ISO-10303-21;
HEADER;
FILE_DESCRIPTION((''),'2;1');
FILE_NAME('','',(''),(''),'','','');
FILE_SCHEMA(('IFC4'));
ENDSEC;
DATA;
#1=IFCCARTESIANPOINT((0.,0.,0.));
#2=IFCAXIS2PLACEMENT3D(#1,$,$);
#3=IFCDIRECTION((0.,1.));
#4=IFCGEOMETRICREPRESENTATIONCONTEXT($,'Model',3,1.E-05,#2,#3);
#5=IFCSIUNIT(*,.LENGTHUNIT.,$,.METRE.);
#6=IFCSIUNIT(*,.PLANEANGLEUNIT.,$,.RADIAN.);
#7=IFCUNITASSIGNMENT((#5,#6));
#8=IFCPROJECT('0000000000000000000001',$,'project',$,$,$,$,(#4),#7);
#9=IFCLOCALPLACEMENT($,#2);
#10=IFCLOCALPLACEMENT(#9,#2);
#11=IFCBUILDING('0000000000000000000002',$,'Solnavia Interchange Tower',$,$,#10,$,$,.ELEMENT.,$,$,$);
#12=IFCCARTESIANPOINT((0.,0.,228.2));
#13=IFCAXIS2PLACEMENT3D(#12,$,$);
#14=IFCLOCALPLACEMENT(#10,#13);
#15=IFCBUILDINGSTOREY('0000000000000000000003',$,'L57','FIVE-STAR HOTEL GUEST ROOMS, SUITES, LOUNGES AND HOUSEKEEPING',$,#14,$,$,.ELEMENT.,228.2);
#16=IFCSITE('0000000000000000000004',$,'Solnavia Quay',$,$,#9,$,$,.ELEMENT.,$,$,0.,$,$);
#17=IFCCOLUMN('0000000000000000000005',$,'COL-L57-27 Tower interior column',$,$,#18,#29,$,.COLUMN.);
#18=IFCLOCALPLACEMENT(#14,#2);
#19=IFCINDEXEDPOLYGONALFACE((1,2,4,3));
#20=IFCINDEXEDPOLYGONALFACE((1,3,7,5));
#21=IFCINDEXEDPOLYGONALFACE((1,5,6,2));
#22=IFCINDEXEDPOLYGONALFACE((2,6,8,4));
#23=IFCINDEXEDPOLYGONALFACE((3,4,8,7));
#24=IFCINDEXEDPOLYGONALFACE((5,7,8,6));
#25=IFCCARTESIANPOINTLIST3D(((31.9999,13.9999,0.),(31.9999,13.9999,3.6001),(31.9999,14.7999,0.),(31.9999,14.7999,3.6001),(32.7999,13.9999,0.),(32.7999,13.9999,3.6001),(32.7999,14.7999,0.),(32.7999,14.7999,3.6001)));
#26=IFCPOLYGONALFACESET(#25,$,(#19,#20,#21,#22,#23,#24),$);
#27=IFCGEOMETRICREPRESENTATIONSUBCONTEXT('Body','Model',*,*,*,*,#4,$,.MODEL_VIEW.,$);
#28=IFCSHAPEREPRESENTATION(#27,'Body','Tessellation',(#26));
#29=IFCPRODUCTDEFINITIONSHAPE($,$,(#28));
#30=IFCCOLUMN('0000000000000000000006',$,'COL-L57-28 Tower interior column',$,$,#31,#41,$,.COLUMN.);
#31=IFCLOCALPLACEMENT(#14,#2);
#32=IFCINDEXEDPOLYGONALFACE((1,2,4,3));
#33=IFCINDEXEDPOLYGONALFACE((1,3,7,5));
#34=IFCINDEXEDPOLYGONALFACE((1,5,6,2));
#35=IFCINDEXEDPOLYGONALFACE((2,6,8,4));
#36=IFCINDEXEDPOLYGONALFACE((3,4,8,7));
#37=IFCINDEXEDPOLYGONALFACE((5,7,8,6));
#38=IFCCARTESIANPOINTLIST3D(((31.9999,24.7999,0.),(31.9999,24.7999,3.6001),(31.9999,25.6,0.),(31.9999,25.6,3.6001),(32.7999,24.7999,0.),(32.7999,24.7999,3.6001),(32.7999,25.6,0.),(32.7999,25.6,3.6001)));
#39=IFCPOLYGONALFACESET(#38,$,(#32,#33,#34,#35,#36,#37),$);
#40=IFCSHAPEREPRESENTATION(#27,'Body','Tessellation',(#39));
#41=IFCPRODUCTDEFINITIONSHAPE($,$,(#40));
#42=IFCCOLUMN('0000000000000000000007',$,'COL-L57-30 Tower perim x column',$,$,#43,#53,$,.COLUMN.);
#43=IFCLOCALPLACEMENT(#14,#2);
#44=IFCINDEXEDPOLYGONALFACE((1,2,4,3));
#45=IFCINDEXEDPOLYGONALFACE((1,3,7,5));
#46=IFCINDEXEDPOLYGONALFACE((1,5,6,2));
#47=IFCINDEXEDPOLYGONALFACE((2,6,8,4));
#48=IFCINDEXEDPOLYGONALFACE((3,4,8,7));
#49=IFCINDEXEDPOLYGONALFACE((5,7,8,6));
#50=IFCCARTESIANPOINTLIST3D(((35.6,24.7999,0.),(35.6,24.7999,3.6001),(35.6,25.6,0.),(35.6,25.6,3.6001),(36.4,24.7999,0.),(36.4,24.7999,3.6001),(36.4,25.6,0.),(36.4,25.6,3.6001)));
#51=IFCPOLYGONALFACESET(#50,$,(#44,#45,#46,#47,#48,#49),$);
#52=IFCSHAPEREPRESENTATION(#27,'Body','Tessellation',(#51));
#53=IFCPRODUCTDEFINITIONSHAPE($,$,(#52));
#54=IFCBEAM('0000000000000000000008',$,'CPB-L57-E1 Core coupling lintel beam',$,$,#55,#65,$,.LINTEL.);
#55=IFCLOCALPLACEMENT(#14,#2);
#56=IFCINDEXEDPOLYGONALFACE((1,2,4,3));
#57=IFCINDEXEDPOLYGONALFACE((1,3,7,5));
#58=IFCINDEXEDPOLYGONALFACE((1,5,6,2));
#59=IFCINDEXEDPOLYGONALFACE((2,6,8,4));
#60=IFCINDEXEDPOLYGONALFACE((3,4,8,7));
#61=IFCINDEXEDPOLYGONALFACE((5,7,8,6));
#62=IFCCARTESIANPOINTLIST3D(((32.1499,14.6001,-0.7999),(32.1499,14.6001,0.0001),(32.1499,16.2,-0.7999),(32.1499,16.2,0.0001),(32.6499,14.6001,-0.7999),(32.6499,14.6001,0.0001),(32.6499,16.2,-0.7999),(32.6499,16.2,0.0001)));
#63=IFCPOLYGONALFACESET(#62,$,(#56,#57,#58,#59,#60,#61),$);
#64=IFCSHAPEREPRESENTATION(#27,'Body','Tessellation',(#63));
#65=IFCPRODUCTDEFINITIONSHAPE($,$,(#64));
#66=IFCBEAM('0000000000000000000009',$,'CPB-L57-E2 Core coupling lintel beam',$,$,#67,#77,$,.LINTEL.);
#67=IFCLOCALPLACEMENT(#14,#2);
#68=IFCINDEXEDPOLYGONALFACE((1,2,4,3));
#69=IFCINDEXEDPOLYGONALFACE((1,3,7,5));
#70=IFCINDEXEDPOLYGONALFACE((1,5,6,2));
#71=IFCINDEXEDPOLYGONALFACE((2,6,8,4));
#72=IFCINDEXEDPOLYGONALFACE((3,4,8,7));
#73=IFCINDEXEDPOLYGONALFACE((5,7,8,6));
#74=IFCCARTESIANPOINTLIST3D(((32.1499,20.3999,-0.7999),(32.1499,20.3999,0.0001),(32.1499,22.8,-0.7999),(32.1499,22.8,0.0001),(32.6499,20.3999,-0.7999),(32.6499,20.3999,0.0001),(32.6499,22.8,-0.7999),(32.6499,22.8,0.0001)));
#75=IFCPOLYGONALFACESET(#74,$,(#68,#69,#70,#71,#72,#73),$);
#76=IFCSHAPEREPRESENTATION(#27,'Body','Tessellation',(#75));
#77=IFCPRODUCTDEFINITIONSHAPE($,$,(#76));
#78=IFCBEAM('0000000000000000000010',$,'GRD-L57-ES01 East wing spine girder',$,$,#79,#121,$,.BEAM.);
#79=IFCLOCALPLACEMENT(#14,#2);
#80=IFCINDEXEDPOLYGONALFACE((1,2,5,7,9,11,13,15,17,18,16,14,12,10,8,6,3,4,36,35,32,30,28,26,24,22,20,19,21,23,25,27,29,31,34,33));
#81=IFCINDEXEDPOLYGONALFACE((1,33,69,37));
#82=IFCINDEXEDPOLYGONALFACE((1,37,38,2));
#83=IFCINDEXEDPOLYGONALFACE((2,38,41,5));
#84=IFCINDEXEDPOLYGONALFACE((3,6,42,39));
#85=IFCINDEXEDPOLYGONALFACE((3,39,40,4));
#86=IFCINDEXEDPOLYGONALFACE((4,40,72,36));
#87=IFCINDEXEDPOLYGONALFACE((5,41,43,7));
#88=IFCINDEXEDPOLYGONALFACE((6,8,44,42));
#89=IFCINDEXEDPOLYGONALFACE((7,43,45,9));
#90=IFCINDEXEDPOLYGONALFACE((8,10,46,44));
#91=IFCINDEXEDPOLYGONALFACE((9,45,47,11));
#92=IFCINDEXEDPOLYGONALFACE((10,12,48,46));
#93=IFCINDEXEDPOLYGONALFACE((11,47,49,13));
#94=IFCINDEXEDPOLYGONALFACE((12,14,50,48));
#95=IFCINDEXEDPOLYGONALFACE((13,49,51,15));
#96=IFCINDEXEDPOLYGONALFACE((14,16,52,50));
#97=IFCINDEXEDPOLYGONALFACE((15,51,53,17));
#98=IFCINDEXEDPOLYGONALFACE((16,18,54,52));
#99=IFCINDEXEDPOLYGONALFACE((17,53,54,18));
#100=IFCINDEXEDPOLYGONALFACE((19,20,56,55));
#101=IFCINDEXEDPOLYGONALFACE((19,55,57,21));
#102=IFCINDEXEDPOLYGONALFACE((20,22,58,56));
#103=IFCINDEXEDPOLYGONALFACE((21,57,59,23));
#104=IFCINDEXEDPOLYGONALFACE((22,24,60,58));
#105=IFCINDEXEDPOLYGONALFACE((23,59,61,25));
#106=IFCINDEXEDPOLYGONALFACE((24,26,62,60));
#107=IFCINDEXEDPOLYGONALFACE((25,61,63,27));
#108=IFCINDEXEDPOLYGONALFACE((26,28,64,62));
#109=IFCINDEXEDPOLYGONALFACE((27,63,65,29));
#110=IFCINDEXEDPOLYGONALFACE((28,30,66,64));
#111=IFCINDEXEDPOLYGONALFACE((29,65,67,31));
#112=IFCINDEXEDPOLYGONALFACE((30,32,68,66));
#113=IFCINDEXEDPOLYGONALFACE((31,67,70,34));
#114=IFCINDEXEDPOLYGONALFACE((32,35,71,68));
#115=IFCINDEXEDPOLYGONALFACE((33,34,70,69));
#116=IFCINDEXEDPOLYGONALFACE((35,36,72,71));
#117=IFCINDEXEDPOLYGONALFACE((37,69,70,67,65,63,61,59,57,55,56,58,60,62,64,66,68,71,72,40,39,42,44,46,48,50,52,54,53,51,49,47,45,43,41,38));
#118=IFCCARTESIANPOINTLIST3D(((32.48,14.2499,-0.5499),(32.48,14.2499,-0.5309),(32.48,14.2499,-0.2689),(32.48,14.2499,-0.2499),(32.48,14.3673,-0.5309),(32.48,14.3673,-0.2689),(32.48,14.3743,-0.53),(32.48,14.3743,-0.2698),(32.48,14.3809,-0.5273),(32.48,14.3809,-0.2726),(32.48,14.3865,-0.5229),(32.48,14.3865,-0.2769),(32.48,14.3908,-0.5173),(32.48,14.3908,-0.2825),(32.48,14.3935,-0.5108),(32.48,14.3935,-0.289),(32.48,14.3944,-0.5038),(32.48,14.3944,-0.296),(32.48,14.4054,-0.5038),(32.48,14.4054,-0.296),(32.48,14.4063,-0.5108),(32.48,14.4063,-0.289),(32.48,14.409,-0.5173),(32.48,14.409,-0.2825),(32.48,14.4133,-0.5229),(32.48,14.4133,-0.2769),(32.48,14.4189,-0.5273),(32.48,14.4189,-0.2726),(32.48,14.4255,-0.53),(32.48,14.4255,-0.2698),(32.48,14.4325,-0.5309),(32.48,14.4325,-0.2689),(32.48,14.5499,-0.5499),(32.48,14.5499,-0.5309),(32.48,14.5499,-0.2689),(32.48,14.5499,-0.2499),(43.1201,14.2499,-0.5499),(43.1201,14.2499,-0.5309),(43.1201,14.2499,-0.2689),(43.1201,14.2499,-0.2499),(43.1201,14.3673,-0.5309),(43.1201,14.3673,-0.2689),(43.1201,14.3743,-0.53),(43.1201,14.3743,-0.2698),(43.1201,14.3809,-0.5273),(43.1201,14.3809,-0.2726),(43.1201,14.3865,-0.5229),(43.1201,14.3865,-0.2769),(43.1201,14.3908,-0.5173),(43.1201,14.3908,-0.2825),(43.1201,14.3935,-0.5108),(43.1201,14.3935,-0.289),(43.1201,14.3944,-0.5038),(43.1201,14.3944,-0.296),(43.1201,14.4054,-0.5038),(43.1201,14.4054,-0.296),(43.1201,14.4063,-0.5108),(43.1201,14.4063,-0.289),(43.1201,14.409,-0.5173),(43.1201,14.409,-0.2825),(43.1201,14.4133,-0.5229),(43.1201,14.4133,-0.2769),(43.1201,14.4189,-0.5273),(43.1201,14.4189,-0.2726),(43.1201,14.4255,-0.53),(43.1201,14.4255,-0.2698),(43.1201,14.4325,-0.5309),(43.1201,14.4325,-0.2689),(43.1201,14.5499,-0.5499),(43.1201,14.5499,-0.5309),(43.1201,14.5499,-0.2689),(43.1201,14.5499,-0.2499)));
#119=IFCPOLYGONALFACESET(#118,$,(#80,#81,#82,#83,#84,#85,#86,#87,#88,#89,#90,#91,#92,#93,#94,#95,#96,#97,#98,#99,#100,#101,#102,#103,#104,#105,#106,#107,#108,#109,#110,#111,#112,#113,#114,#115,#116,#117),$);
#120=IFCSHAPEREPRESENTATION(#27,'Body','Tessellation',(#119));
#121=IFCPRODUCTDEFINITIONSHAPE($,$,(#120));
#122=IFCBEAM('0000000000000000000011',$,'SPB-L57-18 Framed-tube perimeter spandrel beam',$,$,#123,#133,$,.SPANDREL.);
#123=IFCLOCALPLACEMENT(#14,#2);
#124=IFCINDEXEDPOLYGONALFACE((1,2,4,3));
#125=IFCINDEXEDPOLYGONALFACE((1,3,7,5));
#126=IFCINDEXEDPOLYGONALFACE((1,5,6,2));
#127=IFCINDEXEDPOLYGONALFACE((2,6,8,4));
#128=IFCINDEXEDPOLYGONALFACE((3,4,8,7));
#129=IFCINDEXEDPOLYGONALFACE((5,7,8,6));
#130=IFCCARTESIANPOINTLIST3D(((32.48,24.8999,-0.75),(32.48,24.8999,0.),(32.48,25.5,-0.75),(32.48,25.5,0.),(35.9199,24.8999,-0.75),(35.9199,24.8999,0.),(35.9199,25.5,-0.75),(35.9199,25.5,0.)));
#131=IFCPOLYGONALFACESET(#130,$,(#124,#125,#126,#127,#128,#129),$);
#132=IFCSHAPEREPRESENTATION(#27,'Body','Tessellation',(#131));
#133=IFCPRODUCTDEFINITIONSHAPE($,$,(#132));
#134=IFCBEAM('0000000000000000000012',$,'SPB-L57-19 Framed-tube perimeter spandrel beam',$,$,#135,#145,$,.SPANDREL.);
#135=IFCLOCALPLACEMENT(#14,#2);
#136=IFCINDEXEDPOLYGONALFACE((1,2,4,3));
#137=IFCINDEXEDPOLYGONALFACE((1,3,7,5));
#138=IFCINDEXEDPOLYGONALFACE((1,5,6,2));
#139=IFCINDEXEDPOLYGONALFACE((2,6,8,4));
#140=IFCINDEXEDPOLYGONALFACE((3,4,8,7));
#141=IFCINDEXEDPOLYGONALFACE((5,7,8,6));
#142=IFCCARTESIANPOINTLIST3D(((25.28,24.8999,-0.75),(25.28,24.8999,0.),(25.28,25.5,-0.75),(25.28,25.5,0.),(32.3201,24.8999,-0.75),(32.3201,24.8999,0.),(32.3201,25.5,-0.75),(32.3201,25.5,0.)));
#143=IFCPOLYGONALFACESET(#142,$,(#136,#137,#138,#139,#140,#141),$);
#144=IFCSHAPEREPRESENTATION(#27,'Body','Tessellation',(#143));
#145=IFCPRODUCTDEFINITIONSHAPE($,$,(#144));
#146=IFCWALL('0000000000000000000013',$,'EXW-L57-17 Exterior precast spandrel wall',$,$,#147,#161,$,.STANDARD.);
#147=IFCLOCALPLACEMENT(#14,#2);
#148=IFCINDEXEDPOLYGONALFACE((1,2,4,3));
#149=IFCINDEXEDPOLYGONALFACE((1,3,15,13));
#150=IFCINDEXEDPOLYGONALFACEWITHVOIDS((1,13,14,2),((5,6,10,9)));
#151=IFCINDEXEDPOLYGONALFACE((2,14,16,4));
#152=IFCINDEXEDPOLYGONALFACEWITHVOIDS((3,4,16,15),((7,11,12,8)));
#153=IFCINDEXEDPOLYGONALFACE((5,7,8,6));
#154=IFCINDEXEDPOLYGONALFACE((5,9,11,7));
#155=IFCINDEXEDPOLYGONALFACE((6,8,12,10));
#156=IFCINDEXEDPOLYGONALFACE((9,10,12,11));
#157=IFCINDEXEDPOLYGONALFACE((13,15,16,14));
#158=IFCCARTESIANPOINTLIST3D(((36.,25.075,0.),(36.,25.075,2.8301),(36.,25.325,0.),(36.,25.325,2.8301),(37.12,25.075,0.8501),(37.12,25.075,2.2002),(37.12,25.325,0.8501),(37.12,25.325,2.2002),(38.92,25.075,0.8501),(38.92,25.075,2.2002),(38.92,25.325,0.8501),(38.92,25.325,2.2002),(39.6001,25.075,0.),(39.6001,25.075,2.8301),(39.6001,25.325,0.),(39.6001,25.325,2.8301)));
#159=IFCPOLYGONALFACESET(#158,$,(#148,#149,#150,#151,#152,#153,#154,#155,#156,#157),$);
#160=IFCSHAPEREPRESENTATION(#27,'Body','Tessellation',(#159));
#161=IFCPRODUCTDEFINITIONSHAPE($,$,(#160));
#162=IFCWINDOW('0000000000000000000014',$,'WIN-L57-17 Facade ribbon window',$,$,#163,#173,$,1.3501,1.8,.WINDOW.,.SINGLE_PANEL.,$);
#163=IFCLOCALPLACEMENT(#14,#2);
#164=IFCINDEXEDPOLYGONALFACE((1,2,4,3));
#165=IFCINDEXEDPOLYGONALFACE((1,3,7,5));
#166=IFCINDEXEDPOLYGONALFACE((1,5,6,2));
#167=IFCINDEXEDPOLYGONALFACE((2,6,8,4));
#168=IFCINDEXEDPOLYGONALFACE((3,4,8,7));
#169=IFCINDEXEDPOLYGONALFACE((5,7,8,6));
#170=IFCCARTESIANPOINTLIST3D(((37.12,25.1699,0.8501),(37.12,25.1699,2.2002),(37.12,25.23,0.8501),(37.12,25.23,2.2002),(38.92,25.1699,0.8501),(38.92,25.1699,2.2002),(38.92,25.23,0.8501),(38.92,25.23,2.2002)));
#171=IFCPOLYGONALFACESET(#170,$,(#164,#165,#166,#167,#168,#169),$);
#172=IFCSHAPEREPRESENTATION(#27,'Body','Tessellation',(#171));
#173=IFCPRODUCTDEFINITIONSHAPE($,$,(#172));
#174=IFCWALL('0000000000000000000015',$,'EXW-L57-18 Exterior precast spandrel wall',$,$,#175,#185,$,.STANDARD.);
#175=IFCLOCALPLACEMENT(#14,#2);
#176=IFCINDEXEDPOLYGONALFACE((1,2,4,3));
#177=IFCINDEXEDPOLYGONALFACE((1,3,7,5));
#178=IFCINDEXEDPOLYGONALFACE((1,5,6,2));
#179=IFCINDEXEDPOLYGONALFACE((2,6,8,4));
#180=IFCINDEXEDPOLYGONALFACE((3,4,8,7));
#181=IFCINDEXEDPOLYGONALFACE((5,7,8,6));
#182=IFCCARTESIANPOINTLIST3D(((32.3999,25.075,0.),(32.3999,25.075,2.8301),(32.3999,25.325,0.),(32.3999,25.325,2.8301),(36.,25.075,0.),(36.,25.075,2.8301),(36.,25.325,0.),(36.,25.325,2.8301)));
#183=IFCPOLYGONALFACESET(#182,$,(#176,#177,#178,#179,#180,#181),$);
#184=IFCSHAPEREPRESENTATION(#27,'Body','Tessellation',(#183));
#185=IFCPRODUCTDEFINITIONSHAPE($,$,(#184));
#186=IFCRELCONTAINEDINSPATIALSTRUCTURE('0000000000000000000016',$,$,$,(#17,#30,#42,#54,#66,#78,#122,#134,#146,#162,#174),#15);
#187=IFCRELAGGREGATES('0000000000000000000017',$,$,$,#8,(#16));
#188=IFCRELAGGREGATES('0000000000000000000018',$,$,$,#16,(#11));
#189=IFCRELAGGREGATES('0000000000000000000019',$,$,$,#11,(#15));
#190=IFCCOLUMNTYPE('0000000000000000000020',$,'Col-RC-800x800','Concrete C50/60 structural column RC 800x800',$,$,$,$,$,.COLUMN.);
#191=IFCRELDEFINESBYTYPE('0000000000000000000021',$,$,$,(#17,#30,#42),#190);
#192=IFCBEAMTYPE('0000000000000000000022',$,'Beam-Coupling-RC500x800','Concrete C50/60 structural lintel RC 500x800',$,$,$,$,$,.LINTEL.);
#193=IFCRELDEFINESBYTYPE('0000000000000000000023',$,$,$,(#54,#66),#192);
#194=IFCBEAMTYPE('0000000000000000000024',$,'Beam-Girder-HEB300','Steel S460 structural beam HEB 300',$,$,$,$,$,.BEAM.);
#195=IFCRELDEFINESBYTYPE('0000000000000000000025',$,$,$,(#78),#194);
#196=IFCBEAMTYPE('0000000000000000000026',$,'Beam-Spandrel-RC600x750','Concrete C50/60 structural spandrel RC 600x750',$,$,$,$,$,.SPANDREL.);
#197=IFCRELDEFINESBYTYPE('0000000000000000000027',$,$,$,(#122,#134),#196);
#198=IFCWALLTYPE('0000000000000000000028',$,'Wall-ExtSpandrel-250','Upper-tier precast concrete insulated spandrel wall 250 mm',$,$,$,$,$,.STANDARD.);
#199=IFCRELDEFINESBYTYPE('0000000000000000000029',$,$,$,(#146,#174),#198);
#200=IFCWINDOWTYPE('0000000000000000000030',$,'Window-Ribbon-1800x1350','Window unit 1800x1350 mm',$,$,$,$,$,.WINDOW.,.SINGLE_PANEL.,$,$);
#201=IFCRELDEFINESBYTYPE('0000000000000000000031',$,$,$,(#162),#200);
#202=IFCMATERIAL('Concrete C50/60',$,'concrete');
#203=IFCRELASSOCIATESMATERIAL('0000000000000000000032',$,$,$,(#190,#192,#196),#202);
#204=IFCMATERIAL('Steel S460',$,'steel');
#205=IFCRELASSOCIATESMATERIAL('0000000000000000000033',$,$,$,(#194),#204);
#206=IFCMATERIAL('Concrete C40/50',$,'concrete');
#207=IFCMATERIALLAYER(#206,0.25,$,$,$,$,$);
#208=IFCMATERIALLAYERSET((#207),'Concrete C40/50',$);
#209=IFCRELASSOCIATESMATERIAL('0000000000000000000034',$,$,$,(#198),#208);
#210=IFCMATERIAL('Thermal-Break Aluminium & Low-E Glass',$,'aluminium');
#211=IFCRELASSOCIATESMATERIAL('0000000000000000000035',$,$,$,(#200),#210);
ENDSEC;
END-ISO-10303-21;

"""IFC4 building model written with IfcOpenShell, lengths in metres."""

from ifc_helpers import new_model, si_unit, direction, frame, frame_2d, origin, origin_2d, place, context, subcontext, project, spatial, rectangle, i_section, extrude, material, layer, layer_set, material_profile, profile_set, type_object, element, fill, save


model = new_model("IFC4")

# Units and contexts
model_context = context("Model", 3, precision=1e-05, world=origin(), true_north=direction((0.0, 1.0)))
body_context = subcontext(model_context, "Body", "Model", "MODEL_VIEW")
ifc_project = project(units=[si_unit("LENGTHUNIT", "METRE"), si_unit("PLANEANGLEUNIT", "RADIAN")], contexts=[model_context])

# Site, building, storey
site_placement = place(None, origin())
site = spatial("IfcSite", under=ifc_project, at=site_placement, Name="Solnavia Quay", CompositionType="ELEMENT", RefElevation=0.0)
building_placement = place(site_placement, origin())
building = spatial("IfcBuilding", under=site, at=building_placement, Name="Solnavia Interchange Tower", CompositionType="ELEMENT")
storey_placement = place(building_placement, frame((0.0, 0.0, 228.2)))
storey = spatial("IfcBuildingStorey", under=building, at=storey_placement, Name="L57", Description="FIVE-STAR HOTEL GUEST ROOMS, SUITES, LOUNGES AND HOUSEKEEPING", CompositionType="ELEMENT", Elevation=228.2)

# Columns
ifc_material_1 = material(Name="Concrete C50/60", Category="concrete")
ifc_material_profile_1 = material_profile(ifc_material_1, rectangle(XDim=0.8, YDim=0.8, at=origin_2d()), Name="RC 800x800")
ifc_profile_set_1 = profile_set([ifc_material_profile_1], Name="Concrete C50/60")
column_type = type_object("IfcColumnType", Name="Col-RC-800x800", Description="Concrete C50/60 structural column RC 800x800", PredefinedType="COLUMN", material=ifc_profile_set_1)
for number, where, z_axis, x_axis, name in (
    (1, (32.3999, 14.3999, 0.0), (0.0, 0.0, 1.0), (1.0, 0.0, 0.0), "COL-L57-27 Tower interior column"),
    (2, (32.3999, 25.2, 0.0), (0.0, 0.0, 1.0), (1.0, 0.0, 0.0), "COL-L57-28 Tower interior column"),
    (3, (36.0, 25.2, 0.0), (0.0, 0.0, 1.0), (1.0, 0.0, 0.0), "COL-L57-30 Tower perim x column"),
):
    element("IfcColumn", number, at=place(storey_placement, frame(where, z_axis=z_axis, x_axis=x_axis)), inside=storey, type_object=column_type, Name=name, PredefinedType="COLUMN", context=body_context, shape_type="SweptSolid", body=[
        extrude(rectangle(XDim=0.8, YDim=0.8, at=origin_2d()), origin(), (0.0, 0.0, 1.0), 3.6001),
    ])

# Beams
ifc_material_profile_2 = material_profile(ifc_material_1, rectangle(XDim=0.5, YDim=0.8, at=origin_2d()), Name="RC 500x800")
ifc_profile_set_2 = profile_set([ifc_material_profile_2], Name="Concrete C50/60")
beam_type_1 = type_object("IfcBeamType", Name="Beam-Coupling-RC500x800", Description="Concrete C50/60 structural lintel RC 500x800", PredefinedType="LINTEL", material=ifc_profile_set_2)
beam_1_placement = place(storey_placement, frame((32.3999, 14.6001, -0.3999), z_axis=(0.0, 1.0, 0.0), x_axis=(-1.0, 0.0, 0.0)))
element("IfcBeam", 4, at=beam_1_placement, inside=storey, type_object=beam_type_1, Name="CPB-L57-E1 Core coupling lintel beam", PredefinedType="LINTEL", context=body_context, shape_type="SweptSolid", body=[
    extrude(rectangle(XDim=0.5, YDim=0.8, at=origin_2d()), origin(), (0.0, 0.0, 1.0), 1.5999),
])
beam_2_placement = place(storey_placement, frame((32.3999, 20.3999, -0.3999), z_axis=(0.0, 1.0, 0.0), x_axis=(-1.0, 0.0, 0.0)))
element("IfcBeam", 5, at=beam_2_placement, inside=storey, type_object=beam_type_1, Name="CPB-L57-E2 Core coupling lintel beam", PredefinedType="LINTEL", context=body_context, shape_type="SweptSolid", body=[
    extrude(rectangle(XDim=0.5, YDim=0.8, at=origin_2d()), origin(), (0.0, 0.0, 1.0), 2.4001),
])
ifc_material_2 = material(Name="Steel S460", Category="steel")
ifc_material_profile_3 = material_profile(ifc_material_2, i_section(OverallWidth=0.3, OverallDepth=0.3, WebThickness=0.011, FlangeThickness=0.019, FilletRadius=0.0271, at=origin_2d()), Name="HEB 300")
ifc_profile_set_3 = profile_set([ifc_material_profile_3], Name="Steel S460")
beam_type_2 = type_object("IfcBeamType", Name="Beam-Girder-HEB300", Description="Steel S460 structural beam HEB 300", PredefinedType="BEAM", material=ifc_profile_set_3)
beam_3_placement = place(storey_placement, frame((32.48, 14.3999, -0.3999), z_axis=(1.0, 0.0, 0.0), x_axis=(0.0, 1.0, 0.0)))
element("IfcBeam", 6, at=beam_3_placement, inside=storey, type_object=beam_type_2, Name="GRD-L57-ES01 East wing spine girder", PredefinedType="BEAM", context=body_context, shape_type="SweptSolid", body=[
    extrude(i_section(OverallWidth=0.3, OverallDepth=0.3, WebThickness=0.011, FlangeThickness=0.019, FilletRadius=0.0271, at=origin_2d()), origin(), (0.0, 0.0, 1.0), 10.6401),
])
ifc_material_profile_4 = material_profile(ifc_material_1, rectangle(XDim=0.6001, YDim=0.75, at=origin_2d()), Name="RC 600x750")
ifc_profile_set_4 = profile_set([ifc_material_profile_4], Name="Concrete C50/60")
beam_type_3 = type_object("IfcBeamType", Name="Beam-Spandrel-RC600x750", Description="Concrete C50/60 structural spandrel RC 600x750", PredefinedType="SPANDREL", material=ifc_profile_set_4)
beam_4_placement = place(storey_placement, frame((35.9199, 25.2, -0.375), z_axis=(-1.0, 0.0, 0.0), x_axis=(0.0, -1.0, 0.0)))
element("IfcBeam", 7, at=beam_4_placement, inside=storey, type_object=beam_type_3, Name="SPB-L57-18 Framed-tube perimeter spandrel beam", PredefinedType="SPANDREL", context=body_context, shape_type="SweptSolid", body=[
    extrude(rectangle(XDim=0.6001, YDim=0.75, at=origin_2d()), origin(), (0.0, 0.0, 1.0), 3.4399),
])
beam_5_placement = place(storey_placement, frame((32.3201, 25.2, -0.375), z_axis=(-1.0, 0.0, 0.0), x_axis=(0.0, -1.0, 0.0)))
element("IfcBeam", 8, at=beam_5_placement, inside=storey, type_object=beam_type_3, Name="SPB-L57-19 Framed-tube perimeter spandrel beam", PredefinedType="SPANDREL", context=body_context, shape_type="SweptSolid", body=[
    extrude(rectangle(XDim=0.6001, YDim=0.75, at=origin_2d()), origin(), (0.0, 0.0, 1.0), 7.04),
])

# Wall, opening, window
ifc_material_3 = material(Name="Concrete C40/50", Category="concrete")
ifc_layer_1 = layer(ifc_material_3, 0.25)
ifc_layer_set_1 = layer_set([ifc_layer_1], Name="Concrete C40/50")
wall_type_1 = type_object("IfcWallType", Name="Wall-ExtSpandrel-250", Description="Upper-tier precast concrete insulated spandrel wall 250 mm", PredefinedType="STANDARD", material=ifc_layer_set_1)
wall_1_placement = place(storey_placement, frame((36.0, 25.2, 0.0), z_axis=(0.0, 0.0, 1.0), x_axis=(1.0, 0.0, 0.0)))
wall_1 = element("IfcWall", 9, at=wall_1_placement, inside=storey, type_object=wall_type_1, Name="EXW-L57-17 Exterior precast spandrel wall", PredefinedType="STANDARD", context=body_context, shape_type="SweptSolid", body=[
    extrude(rectangle(XDim=3.6001, YDim=0.25, at=frame_2d((1.8, 0.0))), origin(), (0.0, 0.0, 1.0), 2.8301),
])
opening_1_placement = place(wall_1_placement, frame((1.1201, 0.0, 0.8501)))
opening_1 = element("IfcOpeningElement", 10, at=opening_1_placement, cuts=wall_1, PredefinedType="OPENING", context=body_context, shape_type="SweptSolid", body=[
    extrude(rectangle(XDim=1.8, YDim=1.3501, at=frame_2d((0.8999, 0.675))), frame((0.0, 0.135, 0.0), z_axis=(0.0, -1.0, 0.0), x_axis=(1.0, 0.0, 0.0)), (0.0, 0.0, 1.0), 0.27),
])
ifc_material_4 = material(Name="Thermal-Break Aluminium & Low-E Glass", Category="aluminium")
window_type = type_object("IfcWindowType", Name="Window-Ribbon-1800x1350", Description="Window unit 1800x1350 mm", PartitioningType="SINGLE_PANEL", PredefinedType="WINDOW", material=ifc_material_4)
window_1_placement = place(opening_1_placement, origin())
window_1 = element("IfcWindow", 11, at=window_1_placement, inside=storey, type_object=window_type, Name="WIN-L57-17 Facade ribbon window", OverallHeight=1.3501, OverallWidth=1.8, PartitioningType="SINGLE_PANEL", PredefinedType="WINDOW", context=body_context, shape_type="SweptSolid", body=[
    extrude(rectangle(XDim=1.8, YDim=1.3501, at=frame_2d((0.8999, 0.675))), frame((0.0, 0.03, 0.0), z_axis=(0.0, -1.0, 0.0), x_axis=(1.0, 0.0, 0.0)), (0.0, 0.0, 1.0), 0.0601),
])
fill(opening_1, window_1)

# Wall
wall_2_placement = place(storey_placement, frame((32.3999, 25.2, 0.0), z_axis=(0.0, 0.0, 1.0), x_axis=(1.0, 0.0, 0.0)))
element("IfcWall", 12, at=wall_2_placement, inside=storey, type_object=wall_type_1, Name="EXW-L57-18 Exterior precast spandrel wall", PredefinedType="STANDARD", context=body_context, shape_type="SweptSolid", body=[
    extrude(rectangle(XDim=3.6001, YDim=0.25, at=frame_2d((1.8, 0.0))), origin(), (0.0, 0.0, 1.0), 2.8301),
])

save(model, "model.ifc")
